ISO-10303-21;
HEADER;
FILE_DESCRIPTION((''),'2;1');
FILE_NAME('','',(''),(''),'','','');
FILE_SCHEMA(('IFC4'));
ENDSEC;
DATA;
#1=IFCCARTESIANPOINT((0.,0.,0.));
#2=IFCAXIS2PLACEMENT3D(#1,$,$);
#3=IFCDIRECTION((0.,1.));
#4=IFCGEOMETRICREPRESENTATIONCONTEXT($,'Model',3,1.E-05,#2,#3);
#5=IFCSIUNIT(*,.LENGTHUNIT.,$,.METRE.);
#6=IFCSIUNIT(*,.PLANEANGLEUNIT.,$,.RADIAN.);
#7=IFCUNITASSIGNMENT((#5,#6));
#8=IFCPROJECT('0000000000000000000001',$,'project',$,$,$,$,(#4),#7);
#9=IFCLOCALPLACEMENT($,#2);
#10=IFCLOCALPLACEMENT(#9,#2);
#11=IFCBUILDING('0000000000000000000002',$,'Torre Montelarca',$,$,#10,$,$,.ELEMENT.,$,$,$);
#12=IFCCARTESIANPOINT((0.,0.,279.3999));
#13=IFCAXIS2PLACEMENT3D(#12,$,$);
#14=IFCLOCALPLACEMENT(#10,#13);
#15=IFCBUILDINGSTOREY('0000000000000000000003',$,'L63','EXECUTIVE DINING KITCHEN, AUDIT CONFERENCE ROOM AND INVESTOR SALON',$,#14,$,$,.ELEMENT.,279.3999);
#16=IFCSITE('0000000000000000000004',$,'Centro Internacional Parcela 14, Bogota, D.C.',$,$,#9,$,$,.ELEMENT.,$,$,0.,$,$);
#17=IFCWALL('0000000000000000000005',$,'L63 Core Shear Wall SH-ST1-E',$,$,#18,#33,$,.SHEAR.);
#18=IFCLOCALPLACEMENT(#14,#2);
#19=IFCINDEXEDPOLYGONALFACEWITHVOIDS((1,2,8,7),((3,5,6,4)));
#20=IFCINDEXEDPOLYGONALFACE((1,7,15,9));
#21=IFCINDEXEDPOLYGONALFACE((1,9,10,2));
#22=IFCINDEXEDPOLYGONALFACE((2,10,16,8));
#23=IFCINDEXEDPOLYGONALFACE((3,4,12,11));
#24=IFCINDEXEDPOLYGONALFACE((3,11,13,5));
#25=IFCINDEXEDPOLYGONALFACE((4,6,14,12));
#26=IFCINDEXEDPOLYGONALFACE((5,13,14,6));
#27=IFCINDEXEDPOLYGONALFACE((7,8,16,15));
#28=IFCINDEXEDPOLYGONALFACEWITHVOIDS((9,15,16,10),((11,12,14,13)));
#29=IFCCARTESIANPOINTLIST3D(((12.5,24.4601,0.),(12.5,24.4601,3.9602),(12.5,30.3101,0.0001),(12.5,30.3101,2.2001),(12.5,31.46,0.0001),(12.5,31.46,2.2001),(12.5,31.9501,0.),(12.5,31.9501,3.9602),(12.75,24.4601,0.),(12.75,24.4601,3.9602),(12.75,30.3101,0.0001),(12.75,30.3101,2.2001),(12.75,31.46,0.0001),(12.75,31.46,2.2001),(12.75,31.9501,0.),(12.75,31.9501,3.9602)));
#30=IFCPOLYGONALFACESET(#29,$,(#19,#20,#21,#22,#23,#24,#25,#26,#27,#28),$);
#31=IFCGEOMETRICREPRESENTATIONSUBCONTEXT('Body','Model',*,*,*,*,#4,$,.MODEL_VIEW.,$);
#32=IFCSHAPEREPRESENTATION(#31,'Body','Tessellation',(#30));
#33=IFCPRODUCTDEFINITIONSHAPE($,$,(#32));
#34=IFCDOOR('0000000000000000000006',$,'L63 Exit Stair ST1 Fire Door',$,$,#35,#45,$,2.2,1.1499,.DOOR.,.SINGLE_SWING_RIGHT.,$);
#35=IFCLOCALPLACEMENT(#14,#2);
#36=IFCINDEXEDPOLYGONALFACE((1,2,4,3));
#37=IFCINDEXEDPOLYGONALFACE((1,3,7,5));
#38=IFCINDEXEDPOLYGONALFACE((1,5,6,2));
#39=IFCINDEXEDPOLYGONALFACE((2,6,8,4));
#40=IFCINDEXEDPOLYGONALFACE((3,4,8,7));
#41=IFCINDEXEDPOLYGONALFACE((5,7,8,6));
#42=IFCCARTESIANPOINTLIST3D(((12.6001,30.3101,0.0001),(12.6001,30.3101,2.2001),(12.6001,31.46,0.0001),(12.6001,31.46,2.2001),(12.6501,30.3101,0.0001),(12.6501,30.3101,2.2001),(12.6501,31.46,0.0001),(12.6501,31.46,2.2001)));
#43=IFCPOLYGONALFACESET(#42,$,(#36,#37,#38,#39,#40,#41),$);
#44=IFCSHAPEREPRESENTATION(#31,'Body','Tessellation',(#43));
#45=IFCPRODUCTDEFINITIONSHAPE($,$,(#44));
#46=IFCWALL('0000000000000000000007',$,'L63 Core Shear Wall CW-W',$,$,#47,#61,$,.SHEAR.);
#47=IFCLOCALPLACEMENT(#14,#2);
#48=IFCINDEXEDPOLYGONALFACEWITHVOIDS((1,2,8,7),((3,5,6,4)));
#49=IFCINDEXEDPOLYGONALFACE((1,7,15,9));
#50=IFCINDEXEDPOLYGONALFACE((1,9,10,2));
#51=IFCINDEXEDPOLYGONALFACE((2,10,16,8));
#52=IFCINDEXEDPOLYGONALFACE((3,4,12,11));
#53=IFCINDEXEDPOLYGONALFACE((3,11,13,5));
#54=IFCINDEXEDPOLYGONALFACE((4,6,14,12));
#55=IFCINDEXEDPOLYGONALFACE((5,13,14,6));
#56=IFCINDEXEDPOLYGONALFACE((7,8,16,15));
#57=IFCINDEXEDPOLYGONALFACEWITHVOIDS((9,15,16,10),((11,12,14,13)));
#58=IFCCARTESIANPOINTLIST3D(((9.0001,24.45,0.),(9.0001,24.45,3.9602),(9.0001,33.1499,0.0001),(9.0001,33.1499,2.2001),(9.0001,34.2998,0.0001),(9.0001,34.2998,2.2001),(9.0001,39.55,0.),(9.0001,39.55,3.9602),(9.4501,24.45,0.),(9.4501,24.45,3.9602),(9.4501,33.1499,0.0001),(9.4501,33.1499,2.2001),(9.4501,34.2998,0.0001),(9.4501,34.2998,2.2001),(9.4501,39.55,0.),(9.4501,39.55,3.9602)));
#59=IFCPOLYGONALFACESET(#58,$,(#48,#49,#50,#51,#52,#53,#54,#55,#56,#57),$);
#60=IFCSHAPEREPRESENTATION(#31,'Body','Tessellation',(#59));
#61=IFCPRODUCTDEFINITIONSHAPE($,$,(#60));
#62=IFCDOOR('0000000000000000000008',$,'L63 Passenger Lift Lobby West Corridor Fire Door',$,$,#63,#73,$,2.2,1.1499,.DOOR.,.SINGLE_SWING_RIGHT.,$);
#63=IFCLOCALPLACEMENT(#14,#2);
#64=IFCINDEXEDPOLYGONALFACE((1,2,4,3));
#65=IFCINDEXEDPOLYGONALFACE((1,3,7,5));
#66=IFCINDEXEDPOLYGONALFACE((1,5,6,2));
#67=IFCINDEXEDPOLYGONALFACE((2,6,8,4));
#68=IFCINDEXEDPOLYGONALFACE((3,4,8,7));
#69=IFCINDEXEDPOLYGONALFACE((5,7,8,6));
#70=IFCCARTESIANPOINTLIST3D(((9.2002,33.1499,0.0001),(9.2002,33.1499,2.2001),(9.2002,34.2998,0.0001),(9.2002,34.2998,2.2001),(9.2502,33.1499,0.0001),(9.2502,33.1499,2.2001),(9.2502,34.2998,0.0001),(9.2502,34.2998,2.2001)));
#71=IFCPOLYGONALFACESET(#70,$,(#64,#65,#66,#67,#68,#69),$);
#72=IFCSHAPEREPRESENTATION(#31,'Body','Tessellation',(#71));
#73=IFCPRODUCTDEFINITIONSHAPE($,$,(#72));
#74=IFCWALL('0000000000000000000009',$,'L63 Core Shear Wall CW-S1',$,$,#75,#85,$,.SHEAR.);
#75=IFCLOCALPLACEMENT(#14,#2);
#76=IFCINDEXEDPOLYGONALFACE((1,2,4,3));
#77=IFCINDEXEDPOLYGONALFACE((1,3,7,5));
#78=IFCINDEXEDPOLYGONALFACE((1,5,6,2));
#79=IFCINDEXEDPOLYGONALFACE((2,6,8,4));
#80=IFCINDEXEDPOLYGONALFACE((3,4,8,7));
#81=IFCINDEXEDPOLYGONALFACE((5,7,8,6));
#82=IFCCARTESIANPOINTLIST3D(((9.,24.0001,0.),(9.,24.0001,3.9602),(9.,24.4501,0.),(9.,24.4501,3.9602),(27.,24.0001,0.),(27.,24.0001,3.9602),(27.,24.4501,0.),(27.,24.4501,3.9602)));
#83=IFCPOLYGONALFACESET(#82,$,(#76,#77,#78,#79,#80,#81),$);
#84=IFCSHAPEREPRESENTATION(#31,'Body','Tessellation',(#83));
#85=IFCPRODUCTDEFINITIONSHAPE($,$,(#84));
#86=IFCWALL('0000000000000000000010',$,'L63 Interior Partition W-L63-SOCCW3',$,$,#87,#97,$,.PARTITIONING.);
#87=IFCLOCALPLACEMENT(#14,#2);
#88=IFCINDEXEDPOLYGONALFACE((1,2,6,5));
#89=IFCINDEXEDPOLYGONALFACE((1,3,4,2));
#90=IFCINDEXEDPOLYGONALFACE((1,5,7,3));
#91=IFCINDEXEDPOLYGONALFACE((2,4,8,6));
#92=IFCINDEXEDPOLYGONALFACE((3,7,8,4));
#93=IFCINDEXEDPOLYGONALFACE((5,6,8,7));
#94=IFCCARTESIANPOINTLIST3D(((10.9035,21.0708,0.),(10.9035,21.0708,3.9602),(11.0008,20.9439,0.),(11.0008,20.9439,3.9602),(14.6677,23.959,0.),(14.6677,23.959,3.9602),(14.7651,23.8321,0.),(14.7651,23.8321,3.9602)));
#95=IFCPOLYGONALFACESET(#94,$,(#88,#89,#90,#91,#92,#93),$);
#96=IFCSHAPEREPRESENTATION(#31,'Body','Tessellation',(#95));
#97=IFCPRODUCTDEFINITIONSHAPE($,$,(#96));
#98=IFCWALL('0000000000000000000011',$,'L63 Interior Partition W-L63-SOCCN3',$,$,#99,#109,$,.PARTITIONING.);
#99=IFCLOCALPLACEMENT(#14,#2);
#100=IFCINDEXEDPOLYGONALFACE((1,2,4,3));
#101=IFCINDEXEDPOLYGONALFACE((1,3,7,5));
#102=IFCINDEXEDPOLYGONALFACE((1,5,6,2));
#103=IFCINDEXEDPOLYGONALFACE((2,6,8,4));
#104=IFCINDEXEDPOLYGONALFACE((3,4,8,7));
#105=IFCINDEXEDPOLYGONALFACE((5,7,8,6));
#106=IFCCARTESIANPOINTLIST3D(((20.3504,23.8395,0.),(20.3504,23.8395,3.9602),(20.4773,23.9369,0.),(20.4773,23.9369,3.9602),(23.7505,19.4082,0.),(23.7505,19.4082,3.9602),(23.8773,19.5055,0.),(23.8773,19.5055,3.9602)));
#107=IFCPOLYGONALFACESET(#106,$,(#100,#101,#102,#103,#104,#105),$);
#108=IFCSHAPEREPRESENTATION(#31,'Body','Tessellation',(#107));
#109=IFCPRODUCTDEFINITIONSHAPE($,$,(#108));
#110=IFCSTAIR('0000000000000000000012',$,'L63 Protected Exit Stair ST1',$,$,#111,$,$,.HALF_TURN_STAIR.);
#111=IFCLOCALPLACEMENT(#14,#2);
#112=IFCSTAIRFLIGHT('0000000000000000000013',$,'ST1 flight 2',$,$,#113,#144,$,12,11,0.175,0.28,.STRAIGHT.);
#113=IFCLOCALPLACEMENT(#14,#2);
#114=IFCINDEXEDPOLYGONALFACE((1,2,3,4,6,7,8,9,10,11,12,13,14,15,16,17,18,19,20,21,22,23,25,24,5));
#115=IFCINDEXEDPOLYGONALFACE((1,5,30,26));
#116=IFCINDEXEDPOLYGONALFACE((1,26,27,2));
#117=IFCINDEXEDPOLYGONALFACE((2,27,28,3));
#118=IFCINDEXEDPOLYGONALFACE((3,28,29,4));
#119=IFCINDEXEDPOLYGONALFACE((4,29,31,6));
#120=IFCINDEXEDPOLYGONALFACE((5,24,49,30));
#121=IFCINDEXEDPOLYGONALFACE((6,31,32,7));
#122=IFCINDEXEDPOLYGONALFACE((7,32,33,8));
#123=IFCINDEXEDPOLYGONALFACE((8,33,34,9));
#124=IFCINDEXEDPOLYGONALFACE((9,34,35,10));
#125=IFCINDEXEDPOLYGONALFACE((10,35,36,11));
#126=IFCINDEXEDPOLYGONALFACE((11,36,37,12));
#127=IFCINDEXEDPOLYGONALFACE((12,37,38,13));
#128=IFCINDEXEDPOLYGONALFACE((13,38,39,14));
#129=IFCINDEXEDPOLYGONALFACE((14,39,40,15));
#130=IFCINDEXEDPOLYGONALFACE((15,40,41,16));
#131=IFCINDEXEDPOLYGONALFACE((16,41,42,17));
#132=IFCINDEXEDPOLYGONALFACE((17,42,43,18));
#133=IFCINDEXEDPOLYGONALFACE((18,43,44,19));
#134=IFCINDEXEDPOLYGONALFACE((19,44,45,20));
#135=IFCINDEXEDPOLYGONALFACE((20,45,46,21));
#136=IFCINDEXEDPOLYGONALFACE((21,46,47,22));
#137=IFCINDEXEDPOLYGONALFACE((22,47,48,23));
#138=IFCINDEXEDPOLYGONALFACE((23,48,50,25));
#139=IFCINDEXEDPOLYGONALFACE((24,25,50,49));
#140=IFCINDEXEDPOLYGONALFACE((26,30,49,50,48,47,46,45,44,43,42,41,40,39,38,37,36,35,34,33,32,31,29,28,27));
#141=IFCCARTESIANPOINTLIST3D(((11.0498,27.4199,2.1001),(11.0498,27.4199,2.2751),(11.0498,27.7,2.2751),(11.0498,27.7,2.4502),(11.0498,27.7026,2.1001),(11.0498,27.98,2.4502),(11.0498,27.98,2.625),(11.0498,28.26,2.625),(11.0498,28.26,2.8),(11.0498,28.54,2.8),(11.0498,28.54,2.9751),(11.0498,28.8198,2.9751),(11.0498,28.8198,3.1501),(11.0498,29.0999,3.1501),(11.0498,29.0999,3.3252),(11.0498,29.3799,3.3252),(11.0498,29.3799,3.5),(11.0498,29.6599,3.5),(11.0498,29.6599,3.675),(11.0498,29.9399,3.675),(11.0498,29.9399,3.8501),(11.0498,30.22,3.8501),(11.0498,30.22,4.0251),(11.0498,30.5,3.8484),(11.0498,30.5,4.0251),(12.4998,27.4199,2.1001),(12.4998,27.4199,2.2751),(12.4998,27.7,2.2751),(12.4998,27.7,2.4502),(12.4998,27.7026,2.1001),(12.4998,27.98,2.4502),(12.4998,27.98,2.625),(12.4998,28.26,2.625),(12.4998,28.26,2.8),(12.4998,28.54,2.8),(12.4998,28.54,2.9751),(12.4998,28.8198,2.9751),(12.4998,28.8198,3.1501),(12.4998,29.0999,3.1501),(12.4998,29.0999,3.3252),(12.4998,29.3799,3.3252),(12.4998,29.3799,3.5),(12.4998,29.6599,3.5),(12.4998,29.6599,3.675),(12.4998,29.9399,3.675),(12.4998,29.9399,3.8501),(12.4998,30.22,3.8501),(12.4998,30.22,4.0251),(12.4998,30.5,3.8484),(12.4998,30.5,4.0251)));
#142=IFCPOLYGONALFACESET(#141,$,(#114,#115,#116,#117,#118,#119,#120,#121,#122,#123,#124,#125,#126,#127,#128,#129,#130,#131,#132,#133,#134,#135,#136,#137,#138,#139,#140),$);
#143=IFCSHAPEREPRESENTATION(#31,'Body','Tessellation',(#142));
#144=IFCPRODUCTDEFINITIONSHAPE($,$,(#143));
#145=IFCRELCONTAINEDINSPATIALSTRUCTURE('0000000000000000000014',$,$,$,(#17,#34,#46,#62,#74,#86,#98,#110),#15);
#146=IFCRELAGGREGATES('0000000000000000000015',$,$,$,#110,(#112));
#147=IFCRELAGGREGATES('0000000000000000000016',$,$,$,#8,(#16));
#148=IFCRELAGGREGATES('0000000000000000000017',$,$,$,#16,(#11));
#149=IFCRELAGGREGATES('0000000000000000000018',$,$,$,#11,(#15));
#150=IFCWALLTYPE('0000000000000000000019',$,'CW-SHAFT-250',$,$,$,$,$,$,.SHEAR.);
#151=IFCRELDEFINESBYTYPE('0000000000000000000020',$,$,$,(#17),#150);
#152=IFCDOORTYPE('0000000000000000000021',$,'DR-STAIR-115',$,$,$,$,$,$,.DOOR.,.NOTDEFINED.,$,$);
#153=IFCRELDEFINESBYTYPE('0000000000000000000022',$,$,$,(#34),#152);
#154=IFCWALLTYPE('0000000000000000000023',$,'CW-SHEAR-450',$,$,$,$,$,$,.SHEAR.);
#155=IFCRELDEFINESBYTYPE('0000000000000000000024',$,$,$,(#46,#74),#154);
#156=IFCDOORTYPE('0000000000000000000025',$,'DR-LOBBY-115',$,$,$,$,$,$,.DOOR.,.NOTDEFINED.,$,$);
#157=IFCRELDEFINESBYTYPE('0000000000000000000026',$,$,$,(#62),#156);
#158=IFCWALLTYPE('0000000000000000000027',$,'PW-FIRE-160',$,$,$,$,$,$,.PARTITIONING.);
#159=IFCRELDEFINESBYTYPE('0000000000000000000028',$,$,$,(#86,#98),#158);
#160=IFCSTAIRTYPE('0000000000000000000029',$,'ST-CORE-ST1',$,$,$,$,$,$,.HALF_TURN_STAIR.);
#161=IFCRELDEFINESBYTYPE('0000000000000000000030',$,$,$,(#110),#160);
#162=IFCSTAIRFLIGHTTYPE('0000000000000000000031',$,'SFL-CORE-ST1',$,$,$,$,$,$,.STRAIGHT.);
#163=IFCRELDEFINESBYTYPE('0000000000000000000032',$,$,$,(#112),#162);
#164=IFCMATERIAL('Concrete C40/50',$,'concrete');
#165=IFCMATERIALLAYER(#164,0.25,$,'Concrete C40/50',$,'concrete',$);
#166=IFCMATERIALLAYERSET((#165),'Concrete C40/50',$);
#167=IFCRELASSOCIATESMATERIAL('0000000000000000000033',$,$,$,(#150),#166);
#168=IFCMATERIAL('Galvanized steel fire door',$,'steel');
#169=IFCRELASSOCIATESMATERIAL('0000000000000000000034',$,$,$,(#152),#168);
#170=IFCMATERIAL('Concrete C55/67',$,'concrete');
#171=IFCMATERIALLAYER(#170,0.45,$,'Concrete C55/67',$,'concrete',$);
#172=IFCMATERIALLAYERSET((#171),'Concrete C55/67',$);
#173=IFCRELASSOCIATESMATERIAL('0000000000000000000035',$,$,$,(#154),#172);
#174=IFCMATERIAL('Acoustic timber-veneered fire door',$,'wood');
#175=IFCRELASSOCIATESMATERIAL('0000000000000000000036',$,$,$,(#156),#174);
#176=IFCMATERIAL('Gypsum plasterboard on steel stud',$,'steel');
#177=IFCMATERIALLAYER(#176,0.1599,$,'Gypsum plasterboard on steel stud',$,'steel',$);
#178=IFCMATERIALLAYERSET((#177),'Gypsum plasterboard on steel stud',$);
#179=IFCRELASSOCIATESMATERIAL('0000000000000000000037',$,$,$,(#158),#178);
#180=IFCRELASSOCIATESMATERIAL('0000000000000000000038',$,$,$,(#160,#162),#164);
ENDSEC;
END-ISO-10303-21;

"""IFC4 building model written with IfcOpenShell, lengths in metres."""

from ifc_helpers import new_model, si_unit, direction, frame, frame_2d, origin, place, context, subcontext, project, spatial, polyline, rectangle, outline, extrude, source, transform, mapped, material, layer, layer_set, type_object, element, fill, aggregate, save


model = new_model("IFC4")

# Units and contexts
model_context = context("Model", 3, precision=1e-05, world=origin(), true_north=direction((0.0, 1.0)))
body_context = subcontext(model_context, "Body", "Model", "MODEL_VIEW")
ifc_project = project(units=[si_unit("LENGTHUNIT", "METRE"), si_unit("PLANEANGLEUNIT", "RADIAN")], contexts=[model_context])

# Site, building, storey
site_placement = place(None, origin())
site = spatial("IfcSite", under=ifc_project, at=site_placement, Name="Centro Internacional Parcela 14, Bogota, D.C.", CompositionType="ELEMENT", RefElevation=0.0)
building_placement = place(site_placement, origin())
building = spatial("IfcBuilding", under=site, at=building_placement, Name="Torre Montelarca", CompositionType="ELEMENT")
storey_placement = place(building_placement, frame((0.0, 0.0, 279.3999)))
storey = spatial("IfcBuildingStorey", under=building, at=storey_placement, Name="L63", Description="EXECUTIVE DINING KITCHEN, AUDIT CONFERENCE ROOM AND INVESTOR SALON", CompositionType="ELEMENT", Elevation=279.3999)

# Shared definitions
ifc_material_1 = material(Name="Concrete C55/67", Category="concrete")

# Walls, openings, doors
ifc_material_2 = material(Name="Concrete C40/50", Category="concrete")
ifc_layer_1 = layer(ifc_material_2, 0.25, Name="Concrete C40/50", Category="concrete")
ifc_layer_set_1 = layer_set([ifc_layer_1], Name="Concrete C40/50")
wall_type_1 = type_object("IfcWallType", Name="CW-SHAFT-250", PredefinedType="SHEAR", material=ifc_layer_set_1)
wall_1_placement = place(storey_placement, frame((12.625, 24.46, 0.0), z_axis=(0.0, 0.0, 1.0), x_axis=(0.0, 1.0, 0.0)))
wall_1 = element("IfcWall", 1, at=wall_1_placement, inside=storey, type_object=wall_type_1, Name="L63 Core Shear Wall SH-ST1-E", PredefinedType="SHEAR", context=body_context, shape_type="SweptSolid", body=[
    extrude(rectangle(XDim=7.49, YDim=0.25, at=frame_2d((3.7451, 0.0))), origin(), (0.0, 0.0, 1.0), 3.9602),
])
opening_1_placement = place(wall_1_placement, frame((5.8501, 0.0, 0.0)))
opening_1 = element("IfcOpeningElement", 2, at=opening_1_placement, cuts=wall_1, PredefinedType="OPENING", context=body_context, shape_type="SweptSolid", body=[
    extrude(rectangle(XDim=1.1499, YDim=2.2, at=frame_2d((0.575, 1.1001))), frame((0.0, 0.135, 0.0), z_axis=(0.0, -1.0, 0.0), x_axis=(1.0, 0.0, 0.0)), (0.0, 0.0, 1.0), 0.27),
])
ifc_material_3 = material(Name="Galvanized steel fire door", Category="steel")
door_type_1 = type_object("IfcDoorType", Name="DR-STAIR-115", OperationType="NOTDEFINED", PredefinedType="DOOR", material=ifc_material_3)
shared_shape_1 = source(origin(), body_context, "Body", "SweptSolid", [
    extrude(rectangle(XDim=1.1499, YDim=2.2, at=frame_2d((0.575, 1.1001))), frame((0.0, 0.0249, 0.0), z_axis=(0.0, -1.0, 0.0), x_axis=(1.0, 0.0, 0.0)), (0.0, 0.0, 1.0), 0.05),
])
door_1_placement = place(opening_1_placement, origin())
door_1 = element("IfcDoor", 3, at=door_1_placement, inside=storey, type_object=door_type_1, Name="L63 Exit Stair ST1 Fire Door", OperationType="SINGLE_SWING_RIGHT", OverallHeight=2.2, OverallWidth=1.1499, PredefinedType="DOOR", context=body_context, shape_type="MappedRepresentation", body=[
    mapped(shared_shape_1, transform((0.0, 0.0, 0.0), scale=1.0)),
])
fill(opening_1, door_1)
ifc_layer_2 = layer(ifc_material_1, 0.45, Name="Concrete C55/67", Category="concrete")
ifc_layer_set_2 = layer_set([ifc_layer_2], Name="Concrete C55/67")
wall_type_2 = type_object("IfcWallType", Name="CW-SHEAR-450", PredefinedType="SHEAR", material=ifc_layer_set_2)
wall_2_placement = place(storey_placement, frame((9.2251, 24.45, 0.0), z_axis=(0.0, 0.0, 1.0), x_axis=(0.0, 1.0, 0.0)))
wall_2 = element("IfcWall", 4, at=wall_2_placement, inside=storey, type_object=wall_type_2, Name="L63 Core Shear Wall CW-W", PredefinedType="SHEAR", context=body_context, shape_type="SweptSolid", body=[
    extrude(rectangle(XDim=15.1001, YDim=0.45, at=frame_2d((7.55, 0.0))), origin(), (0.0, 0.0, 1.0), 3.9602),
])
opening_2_placement = place(wall_2_placement, frame((8.7, 0.0, 0.0)))
opening_2 = element("IfcOpeningElement", 5, at=opening_2_placement, cuts=wall_2, PredefinedType="OPENING", context=body_context, shape_type="SweptSolid", body=[
    extrude(rectangle(XDim=1.1499, YDim=2.2, at=frame_2d((0.575, 1.1001))), frame((0.0, 0.2349, 0.0), z_axis=(0.0, -1.0, 0.0), x_axis=(1.0, 0.0, 0.0)), (0.0, 0.0, 1.0), 0.47),
])
ifc_material_4 = material(Name="Acoustic timber-veneered fire door", Category="wood")
door_type_2 = type_object("IfcDoorType", Name="DR-LOBBY-115", OperationType="NOTDEFINED", PredefinedType="DOOR", material=ifc_material_4)
shared_shape_2 = source(origin(), body_context, "Body", "SweptSolid", [
    extrude(rectangle(XDim=1.1499, YDim=2.2, at=frame_2d((0.575, 1.1001))), frame((0.0, 0.0249, 0.0), z_axis=(0.0, -1.0, 0.0), x_axis=(1.0, 0.0, 0.0)), (0.0, 0.0, 1.0), 0.05),
])
door_2_placement = place(opening_2_placement, origin())
door_2 = element("IfcDoor", 6, at=door_2_placement, inside=storey, type_object=door_type_2, Name="L63 Passenger Lift Lobby West Corridor Fire Door", OperationType="SINGLE_SWING_RIGHT", OverallHeight=2.2, OverallWidth=1.1499, PredefinedType="DOOR", context=body_context, shape_type="MappedRepresentation", body=[
    mapped(shared_shape_2, transform((0.0, 0.0, 0.0), scale=1.0)),
])
fill(opening_2, door_2)

# Walls
wall_3_placement = place(storey_placement, frame((9.0, 24.2251, 0.0), z_axis=(0.0, 0.0, 1.0), x_axis=(1.0, 0.0, 0.0)))
element("IfcWall", 7, at=wall_3_placement, inside=storey, type_object=wall_type_2, Name="L63 Core Shear Wall CW-S1", PredefinedType="SHEAR", context=body_context, shape_type="SweptSolid", body=[
    extrude(rectangle(XDim=18.0, YDim=0.45, at=frame_2d((9.0, 0.0))), origin(), (0.0, 0.0, 1.0), 3.9602),
])
ifc_material_5 = material(Name="Gypsum plasterboard on steel stud", Category="steel")
ifc_layer_3 = layer(ifc_material_5, 0.1599, Name="Gypsum plasterboard on steel stud", Category="steel")
ifc_layer_set_3 = layer_set([ifc_layer_3], Name="Gypsum plasterboard on steel stud")
wall_type_3 = type_object("IfcWallType", Name="PW-FIRE-160", PredefinedType="PARTITIONING", material=ifc_layer_set_3)
wall_4_placement = place(storey_placement, frame((10.9521, 21.0073, 0.0), z_axis=(0.0, 0.0, 1.0), x_axis=(0.793369, 0.60874, 0.0)))
element("IfcWall", 8, at=wall_4_placement, inside=storey, type_object=wall_type_3, Name="L63 Interior Partition W-L63-SOCCW3", PredefinedType="PARTITIONING", context=body_context, shape_type="SweptSolid", body=[
    extrude(rectangle(XDim=4.7446, YDim=0.1599, at=frame_2d((2.3723, 0.0))), origin(), (0.0, 0.0, 1.0), 3.9602),
])
wall_5_placement = place(storey_placement, frame((20.4138, 23.8882, 0.0), z_axis=(0.0, 0.0, 1.0), x_axis=(0.608741, -0.793369, 0.0)))
element("IfcWall", 9, at=wall_5_placement, inside=storey, type_object=wall_type_3, Name="L63 Interior Partition W-L63-SOCCN3", PredefinedType="PARTITIONING", context=body_context, shape_type="SweptSolid", body=[
    extrude(rectangle(XDim=5.5854, YDim=0.1599, at=frame_2d((2.7927, 0.0))), origin(), (0.0, 0.0, 1.0), 3.9602),
])

# Stair, stair flight
stair_type = type_object("IfcStairType", Name="ST-CORE-ST1", PredefinedType="HALF_TURN_STAIR", material=ifc_material_2)
stair_placement = place(storey_placement, origin())
stair = element("IfcStair", 10, at=stair_placement, inside=storey, type_object=stair_type, Name="L63 Protected Exit Stair ST1", PredefinedType="HALF_TURN_STAIR")
stair_flight_type = type_object("IfcStairFlightType", Name="SFL-CORE-ST1", PredefinedType="STRAIGHT", material=ifc_material_2)
stair_flight_placement = place(storey_placement, frame((11.7749, 27.4199, 2.1001), z_axis=(0.0, 0.0, 1.0), x_axis=(0.0, 1.0, 0.0)))
stair_flight = element("IfcStairFlight", 11, at=stair_flight_placement, type_object=stair_flight_type, Name="ST1 flight 2", NumberOfRisers=12, NumberOfTreads=11, PredefinedType="STRAIGHT", RiserHeight=0.175, TreadLength=0.28, context=body_context, shape_type="SweptSolid", body=[
    extrude(outline(polyline([(0.0, 0.0), (0.0, 0.175), (0.28, 0.175), (0.28, 0.3501), (0.5601, 0.3501), (0.5601, 0.5249), (0.8401, 0.5249), (0.8401, 0.7), (1.1201, 0.7), (1.1201, 0.875), (1.3999, 0.875), (1.3999, 1.05), (1.6799, 1.05), (1.6799, 1.2251), (1.96, 1.2251), (1.96, 1.3999), (2.24, 1.3999), (2.24, 1.575), (2.52, 1.575), (2.52, 1.75), (2.8, 1.75), (2.8, 1.925), (3.0801, 1.925), (3.0801, 2.1001), (3.0801, 1.7483), (0.2827, 0.0), (0.0, 0.0)])), frame((0.0, 0.7251, 0.0), z_axis=(0.0, -1.0, 0.0), x_axis=(1.0, 0.0, 0.0)), (0.0, 0.0, 1.0), 1.45),
])
aggregate(stair, [stair_flight])

save(model, "model.ifc")
